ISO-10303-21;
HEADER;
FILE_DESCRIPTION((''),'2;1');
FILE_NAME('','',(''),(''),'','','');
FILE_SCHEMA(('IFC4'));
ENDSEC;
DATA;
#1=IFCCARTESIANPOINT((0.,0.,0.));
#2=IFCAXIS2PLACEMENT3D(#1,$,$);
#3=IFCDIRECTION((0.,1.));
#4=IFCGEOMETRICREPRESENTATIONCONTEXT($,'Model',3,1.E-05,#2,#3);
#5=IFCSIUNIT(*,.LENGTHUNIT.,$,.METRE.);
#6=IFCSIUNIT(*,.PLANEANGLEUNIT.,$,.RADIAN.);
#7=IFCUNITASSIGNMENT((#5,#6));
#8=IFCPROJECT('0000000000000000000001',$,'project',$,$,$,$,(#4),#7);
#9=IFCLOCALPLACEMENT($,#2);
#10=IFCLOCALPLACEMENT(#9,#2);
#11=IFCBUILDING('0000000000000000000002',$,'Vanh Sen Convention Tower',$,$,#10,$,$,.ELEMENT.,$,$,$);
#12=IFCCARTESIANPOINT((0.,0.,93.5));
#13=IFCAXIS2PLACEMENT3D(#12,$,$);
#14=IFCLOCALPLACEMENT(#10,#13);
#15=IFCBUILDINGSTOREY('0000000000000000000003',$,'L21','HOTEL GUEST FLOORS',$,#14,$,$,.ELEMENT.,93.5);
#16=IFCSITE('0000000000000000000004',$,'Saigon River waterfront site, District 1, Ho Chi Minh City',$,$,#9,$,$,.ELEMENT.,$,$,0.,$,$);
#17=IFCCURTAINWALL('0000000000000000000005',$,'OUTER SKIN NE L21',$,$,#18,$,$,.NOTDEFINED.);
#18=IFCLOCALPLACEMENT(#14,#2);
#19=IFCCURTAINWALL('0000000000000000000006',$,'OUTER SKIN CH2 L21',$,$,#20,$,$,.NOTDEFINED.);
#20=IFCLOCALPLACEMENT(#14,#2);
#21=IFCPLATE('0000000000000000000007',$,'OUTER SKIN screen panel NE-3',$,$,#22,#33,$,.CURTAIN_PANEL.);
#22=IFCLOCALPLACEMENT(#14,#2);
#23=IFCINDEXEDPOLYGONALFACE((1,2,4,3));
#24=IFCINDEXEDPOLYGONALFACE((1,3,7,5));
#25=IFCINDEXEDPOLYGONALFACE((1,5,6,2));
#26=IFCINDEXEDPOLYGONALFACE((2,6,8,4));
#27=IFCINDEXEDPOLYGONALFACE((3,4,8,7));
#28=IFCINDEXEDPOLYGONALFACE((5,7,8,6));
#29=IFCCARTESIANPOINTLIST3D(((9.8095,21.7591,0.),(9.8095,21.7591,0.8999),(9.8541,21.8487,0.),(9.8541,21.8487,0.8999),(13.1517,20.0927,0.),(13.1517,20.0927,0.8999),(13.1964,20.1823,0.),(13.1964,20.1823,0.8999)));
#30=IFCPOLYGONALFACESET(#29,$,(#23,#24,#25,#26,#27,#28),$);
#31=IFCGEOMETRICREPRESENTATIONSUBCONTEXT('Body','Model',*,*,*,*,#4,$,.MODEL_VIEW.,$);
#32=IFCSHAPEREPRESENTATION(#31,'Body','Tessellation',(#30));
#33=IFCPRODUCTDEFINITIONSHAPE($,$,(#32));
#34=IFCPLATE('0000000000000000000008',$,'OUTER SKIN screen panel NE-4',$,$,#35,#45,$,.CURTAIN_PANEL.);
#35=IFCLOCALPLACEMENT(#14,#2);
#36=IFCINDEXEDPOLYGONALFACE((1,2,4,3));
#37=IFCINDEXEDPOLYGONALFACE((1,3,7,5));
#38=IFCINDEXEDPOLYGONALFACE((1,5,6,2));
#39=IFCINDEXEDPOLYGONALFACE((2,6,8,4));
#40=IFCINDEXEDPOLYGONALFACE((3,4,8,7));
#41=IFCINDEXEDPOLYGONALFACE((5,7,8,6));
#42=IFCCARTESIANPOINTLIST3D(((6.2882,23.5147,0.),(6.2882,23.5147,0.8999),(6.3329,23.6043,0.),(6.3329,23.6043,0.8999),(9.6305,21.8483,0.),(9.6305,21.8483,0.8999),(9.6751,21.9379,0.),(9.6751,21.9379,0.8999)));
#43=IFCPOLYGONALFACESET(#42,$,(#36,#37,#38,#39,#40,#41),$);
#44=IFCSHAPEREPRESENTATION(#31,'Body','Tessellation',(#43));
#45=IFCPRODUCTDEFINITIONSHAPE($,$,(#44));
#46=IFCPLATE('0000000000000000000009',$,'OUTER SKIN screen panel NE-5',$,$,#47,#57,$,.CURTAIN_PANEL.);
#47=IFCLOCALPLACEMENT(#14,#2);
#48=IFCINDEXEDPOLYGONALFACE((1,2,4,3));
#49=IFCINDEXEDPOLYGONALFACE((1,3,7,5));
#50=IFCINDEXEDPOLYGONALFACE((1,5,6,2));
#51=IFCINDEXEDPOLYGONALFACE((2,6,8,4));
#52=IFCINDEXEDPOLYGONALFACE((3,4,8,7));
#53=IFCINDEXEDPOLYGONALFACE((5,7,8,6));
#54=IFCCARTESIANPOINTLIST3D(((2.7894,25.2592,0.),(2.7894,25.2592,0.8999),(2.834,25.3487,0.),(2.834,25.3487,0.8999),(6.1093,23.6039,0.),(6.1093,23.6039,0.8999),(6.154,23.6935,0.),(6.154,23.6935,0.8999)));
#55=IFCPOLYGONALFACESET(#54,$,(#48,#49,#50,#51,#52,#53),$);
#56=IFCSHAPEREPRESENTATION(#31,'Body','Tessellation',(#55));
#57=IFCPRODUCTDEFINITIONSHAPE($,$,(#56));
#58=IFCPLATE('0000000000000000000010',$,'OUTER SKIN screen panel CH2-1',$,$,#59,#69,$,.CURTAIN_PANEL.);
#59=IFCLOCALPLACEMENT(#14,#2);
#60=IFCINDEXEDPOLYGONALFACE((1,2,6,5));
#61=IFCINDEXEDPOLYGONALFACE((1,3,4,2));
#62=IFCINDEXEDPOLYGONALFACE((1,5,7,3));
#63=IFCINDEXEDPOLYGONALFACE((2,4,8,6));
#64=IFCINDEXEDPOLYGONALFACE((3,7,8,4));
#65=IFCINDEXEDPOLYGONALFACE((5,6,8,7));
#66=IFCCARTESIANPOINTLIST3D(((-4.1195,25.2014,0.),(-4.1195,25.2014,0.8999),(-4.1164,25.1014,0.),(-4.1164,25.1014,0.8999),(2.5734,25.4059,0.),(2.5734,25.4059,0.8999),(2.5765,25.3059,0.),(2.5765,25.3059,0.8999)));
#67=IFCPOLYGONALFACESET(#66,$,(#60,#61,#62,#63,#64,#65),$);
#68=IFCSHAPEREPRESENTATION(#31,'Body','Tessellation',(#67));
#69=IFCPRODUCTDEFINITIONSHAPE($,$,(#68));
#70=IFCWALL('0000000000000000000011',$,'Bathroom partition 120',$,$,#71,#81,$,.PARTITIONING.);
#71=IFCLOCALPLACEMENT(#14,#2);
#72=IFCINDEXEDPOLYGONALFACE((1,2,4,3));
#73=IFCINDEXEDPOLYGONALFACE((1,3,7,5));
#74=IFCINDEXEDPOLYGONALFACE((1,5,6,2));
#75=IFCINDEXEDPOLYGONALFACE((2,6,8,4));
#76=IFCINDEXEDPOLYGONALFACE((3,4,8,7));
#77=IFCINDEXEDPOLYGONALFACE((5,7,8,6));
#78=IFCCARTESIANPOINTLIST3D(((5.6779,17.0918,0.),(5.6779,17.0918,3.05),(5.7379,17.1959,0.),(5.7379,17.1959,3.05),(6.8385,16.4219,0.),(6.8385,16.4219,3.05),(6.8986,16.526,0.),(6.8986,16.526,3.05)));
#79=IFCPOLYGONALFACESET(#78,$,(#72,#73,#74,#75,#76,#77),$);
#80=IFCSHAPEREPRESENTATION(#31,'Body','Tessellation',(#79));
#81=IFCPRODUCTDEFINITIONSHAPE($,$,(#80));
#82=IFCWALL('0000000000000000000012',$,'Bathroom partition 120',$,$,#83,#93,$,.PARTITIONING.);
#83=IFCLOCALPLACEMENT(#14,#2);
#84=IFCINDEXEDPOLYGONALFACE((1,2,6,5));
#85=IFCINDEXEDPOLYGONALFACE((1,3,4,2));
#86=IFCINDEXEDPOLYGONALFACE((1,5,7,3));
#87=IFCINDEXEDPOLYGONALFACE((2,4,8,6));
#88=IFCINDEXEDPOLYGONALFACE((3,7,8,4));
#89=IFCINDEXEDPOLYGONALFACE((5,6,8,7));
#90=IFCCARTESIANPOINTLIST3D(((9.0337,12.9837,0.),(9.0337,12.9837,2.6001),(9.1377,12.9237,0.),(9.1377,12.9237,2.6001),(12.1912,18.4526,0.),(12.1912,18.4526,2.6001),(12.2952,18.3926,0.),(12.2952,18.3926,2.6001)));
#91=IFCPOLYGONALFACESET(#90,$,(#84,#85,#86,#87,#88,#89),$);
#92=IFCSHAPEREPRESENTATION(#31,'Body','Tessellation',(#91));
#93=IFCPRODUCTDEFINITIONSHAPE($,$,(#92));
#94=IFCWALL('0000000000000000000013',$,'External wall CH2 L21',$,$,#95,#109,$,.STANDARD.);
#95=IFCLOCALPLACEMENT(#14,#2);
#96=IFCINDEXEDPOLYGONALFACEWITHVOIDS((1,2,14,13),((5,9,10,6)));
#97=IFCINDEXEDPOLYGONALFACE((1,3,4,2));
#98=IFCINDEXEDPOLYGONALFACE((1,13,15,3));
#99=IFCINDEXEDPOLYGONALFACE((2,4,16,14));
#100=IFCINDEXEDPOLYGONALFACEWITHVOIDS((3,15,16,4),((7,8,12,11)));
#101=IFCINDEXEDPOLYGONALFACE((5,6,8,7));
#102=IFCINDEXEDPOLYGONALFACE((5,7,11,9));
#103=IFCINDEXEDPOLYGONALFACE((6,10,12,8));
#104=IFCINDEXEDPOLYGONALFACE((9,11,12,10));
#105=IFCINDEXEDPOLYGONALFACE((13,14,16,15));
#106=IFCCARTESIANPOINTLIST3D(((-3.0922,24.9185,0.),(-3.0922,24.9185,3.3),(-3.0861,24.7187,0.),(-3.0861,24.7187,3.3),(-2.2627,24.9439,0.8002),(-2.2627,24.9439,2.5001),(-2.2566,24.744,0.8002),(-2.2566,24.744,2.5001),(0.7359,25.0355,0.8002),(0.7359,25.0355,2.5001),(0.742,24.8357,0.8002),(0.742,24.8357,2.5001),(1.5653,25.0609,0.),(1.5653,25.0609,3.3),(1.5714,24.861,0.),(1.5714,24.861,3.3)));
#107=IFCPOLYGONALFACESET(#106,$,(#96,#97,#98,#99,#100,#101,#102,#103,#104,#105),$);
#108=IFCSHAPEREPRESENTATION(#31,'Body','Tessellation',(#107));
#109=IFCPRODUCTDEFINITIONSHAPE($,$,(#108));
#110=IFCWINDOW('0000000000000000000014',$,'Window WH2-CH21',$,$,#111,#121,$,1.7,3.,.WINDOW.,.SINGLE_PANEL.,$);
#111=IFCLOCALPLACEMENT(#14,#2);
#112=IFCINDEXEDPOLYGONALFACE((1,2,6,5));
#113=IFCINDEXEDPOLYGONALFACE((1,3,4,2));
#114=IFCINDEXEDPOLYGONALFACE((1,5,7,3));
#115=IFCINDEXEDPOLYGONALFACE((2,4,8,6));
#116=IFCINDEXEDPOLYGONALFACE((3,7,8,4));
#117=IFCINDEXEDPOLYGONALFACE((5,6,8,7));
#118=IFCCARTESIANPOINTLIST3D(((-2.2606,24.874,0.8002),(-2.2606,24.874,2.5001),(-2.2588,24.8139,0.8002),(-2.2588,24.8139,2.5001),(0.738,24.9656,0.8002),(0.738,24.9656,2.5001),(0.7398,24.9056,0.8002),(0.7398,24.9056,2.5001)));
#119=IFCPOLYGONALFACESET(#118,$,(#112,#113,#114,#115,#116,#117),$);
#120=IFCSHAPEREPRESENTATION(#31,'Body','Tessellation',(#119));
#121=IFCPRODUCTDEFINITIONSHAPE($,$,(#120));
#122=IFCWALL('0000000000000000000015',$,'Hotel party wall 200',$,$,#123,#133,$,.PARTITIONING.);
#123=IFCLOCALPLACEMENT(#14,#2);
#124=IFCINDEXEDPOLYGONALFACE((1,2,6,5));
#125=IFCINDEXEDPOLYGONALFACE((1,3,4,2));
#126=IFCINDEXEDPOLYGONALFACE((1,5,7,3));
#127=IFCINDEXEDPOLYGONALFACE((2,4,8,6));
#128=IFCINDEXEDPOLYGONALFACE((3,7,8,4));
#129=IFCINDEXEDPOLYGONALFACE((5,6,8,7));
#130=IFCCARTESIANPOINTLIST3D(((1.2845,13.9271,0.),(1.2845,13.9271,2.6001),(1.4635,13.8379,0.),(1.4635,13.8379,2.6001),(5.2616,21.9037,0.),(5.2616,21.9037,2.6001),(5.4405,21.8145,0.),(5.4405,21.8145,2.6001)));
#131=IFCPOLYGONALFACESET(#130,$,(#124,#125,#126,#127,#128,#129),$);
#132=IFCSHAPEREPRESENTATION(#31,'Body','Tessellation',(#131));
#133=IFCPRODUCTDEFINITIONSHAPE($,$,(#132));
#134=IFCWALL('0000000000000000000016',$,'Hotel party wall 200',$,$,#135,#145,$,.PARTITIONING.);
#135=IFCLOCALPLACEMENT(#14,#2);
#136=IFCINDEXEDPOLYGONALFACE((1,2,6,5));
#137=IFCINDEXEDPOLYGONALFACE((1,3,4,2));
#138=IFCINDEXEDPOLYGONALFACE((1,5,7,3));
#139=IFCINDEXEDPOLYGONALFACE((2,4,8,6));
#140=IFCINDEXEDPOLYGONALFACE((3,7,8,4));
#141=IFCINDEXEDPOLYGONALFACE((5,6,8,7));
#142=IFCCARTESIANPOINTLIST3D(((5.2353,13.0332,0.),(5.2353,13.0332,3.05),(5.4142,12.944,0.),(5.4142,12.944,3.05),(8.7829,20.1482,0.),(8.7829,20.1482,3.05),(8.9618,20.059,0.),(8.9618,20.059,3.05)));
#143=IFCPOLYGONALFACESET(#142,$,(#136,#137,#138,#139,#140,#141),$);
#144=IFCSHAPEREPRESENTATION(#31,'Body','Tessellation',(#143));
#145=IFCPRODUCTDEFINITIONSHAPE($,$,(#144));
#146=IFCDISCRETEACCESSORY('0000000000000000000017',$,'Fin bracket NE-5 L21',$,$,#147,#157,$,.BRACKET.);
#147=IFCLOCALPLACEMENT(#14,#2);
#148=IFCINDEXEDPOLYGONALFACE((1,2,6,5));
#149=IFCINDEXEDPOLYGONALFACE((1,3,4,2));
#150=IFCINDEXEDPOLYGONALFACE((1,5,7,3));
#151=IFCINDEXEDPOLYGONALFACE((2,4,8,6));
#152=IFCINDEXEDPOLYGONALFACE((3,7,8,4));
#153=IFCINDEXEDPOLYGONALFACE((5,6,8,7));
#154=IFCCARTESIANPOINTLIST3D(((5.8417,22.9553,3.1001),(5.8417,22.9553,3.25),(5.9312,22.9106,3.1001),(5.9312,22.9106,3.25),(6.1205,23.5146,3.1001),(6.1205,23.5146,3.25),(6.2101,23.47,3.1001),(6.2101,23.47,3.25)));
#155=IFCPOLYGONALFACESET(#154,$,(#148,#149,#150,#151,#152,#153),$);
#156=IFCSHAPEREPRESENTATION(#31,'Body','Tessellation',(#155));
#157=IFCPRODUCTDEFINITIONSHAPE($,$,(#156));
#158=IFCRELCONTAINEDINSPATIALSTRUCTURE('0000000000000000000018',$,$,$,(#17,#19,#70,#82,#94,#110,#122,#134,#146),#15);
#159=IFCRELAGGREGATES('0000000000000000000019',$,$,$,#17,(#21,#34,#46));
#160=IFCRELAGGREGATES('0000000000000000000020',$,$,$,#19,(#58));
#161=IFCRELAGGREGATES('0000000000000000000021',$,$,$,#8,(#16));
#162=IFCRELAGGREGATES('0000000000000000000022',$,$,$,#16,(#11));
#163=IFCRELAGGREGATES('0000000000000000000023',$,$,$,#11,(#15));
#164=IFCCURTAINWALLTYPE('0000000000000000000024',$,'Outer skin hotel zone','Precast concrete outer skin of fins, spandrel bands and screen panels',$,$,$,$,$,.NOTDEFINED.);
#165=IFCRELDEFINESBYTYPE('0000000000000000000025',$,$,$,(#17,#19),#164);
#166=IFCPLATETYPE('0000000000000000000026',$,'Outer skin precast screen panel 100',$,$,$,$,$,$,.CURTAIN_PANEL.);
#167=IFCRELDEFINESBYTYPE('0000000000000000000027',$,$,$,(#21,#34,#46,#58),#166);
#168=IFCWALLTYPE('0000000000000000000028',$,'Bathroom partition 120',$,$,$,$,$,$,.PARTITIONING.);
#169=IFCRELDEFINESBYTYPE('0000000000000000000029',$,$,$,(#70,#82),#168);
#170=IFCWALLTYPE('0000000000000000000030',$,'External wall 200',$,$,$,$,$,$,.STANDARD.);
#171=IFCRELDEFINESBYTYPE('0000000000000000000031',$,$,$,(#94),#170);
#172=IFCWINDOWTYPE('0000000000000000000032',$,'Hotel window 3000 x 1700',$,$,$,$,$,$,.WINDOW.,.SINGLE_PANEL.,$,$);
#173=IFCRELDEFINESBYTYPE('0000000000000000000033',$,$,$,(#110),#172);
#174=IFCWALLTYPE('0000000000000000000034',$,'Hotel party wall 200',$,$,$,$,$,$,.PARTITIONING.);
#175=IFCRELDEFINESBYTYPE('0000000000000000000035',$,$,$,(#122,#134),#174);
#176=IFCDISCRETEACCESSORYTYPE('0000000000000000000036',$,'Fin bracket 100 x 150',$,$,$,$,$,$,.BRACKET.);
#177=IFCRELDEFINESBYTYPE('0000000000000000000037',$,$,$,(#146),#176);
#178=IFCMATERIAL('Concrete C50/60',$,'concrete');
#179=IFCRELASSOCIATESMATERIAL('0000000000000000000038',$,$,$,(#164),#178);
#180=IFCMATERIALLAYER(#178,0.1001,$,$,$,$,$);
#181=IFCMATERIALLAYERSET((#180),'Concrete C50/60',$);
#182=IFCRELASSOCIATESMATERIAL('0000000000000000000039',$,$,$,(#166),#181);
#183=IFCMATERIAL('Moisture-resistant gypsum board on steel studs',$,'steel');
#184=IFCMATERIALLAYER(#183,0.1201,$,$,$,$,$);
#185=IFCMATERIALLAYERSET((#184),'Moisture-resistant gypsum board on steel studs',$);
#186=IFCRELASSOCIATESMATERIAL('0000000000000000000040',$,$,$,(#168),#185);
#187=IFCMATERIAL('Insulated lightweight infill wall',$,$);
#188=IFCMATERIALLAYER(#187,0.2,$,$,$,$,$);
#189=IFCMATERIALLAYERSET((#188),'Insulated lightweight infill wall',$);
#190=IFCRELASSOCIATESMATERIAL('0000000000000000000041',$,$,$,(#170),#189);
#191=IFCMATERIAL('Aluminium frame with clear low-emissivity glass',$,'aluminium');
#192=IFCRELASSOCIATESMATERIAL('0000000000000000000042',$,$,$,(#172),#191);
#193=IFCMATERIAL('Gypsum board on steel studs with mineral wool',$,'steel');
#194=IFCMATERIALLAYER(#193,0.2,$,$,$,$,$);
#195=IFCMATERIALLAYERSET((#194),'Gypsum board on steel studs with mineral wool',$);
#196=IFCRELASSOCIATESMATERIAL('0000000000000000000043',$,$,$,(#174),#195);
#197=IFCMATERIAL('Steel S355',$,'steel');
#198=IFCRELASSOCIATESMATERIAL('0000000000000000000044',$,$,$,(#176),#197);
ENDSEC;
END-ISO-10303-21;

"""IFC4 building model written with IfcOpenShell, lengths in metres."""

from ifc_helpers import new_model, si_unit, direction, frame, frame_2d, origin, origin_2d, place, context, subcontext, project, spatial, rectangle, extrude, material, layer, layer_set, type_object, element, fill, aggregate, save


model = new_model("IFC4")

# Units and contexts
model_context = context("Model", 3, precision=1e-05, world=origin(), true_north=direction((0.0, 1.0)))
body_context = subcontext(model_context, "Body", "Model", "MODEL_VIEW")
ifc_project = project(units=[si_unit("LENGTHUNIT", "METRE"), si_unit("PLANEANGLEUNIT", "RADIAN")], contexts=[model_context])

# Site, building, storey
site_placement = place(None, origin())
site = spatial("IfcSite", under=ifc_project, at=site_placement, Name="Saigon River waterfront site, District 1, Ho Chi Minh City", CompositionType="ELEMENT", RefElevation=0.0)
building_placement = place(site_placement, origin())
building = spatial("IfcBuilding", under=site, at=building_placement, Name="Vanh Sen Convention Tower", CompositionType="ELEMENT")
storey_placement = place(building_placement, frame((0.0, 0.0, 93.5)))
storey = spatial("IfcBuildingStorey", under=building, at=storey_placement, Name="L21", Description="HOTEL GUEST FLOORS", CompositionType="ELEMENT", Elevation=93.5)

# Curtain wall
ifc_material_1 = material(Name="Concrete C50/60", Category="concrete")
curtain_wall_type = type_object("IfcCurtainWallType", Name="Outer skin hotel zone", Description="Precast concrete outer skin of fins, spandrel bands and screen panels", PredefinedType="NOTDEFINED", material=ifc_material_1)
curtain_wall_1_placement = place(storey_placement, origin())
curtain_wall_1 = element("IfcCurtainWall", 1, at=curtain_wall_1_placement, inside=storey, type_object=curtain_wall_type, Name="OUTER SKIN NE L21", PredefinedType="NOTDEFINED")

# Curtain wall
curtain_wall_2_placement = place(storey_placement, origin())
curtain_wall_2 = element("IfcCurtainWall", 2, at=curtain_wall_2_placement, inside=storey, type_object=curtain_wall_type, Name="OUTER SKIN CH2 L21", PredefinedType="NOTDEFINED")

# Plates
ifc_layer_1 = layer(ifc_material_1, 0.1001)
ifc_layer_set_1 = layer_set([ifc_layer_1], Name="Concrete C50/60")
plate_type = type_object("IfcPlateType", Name="Outer skin precast screen panel 100", PredefinedType="CURTAIN_PANEL", material=ifc_layer_set_1)
plate_1_placement = place(storey_placement, frame((11.5029, 20.9707, 0.0), z_axis=(0.0, 0.0, 1.0), x_axis=(-0.894935, 0.446196, 0.0)))
plate_1 = element("IfcPlate", 3, at=plate_1_placement, type_object=plate_type, Name="OUTER SKIN screen panel NE-3", PredefinedType="CURTAIN_PANEL", context=body_context, shape_type="SweptSolid", body=[
    extrude(rectangle(XDim=3.7346, YDim=0.1001, at=origin_2d()), origin(), (0.0, 0.0, 1.0), 0.8999),
])
plate_2_placement = place(storey_placement, frame((7.9817, 22.7263, 0.0), z_axis=(0.0, 0.0, 1.0), x_axis=(-0.894935, 0.446196, 0.0)))
plate_2 = element("IfcPlate", 4, at=plate_2_placement, type_object=plate_type, Name="OUTER SKIN screen panel NE-4", PredefinedType="CURTAIN_PANEL", context=body_context, shape_type="SweptSolid", body=[
    extrude(rectangle(XDim=3.7346, YDim=0.1001, at=origin_2d()), origin(), (0.0, 0.0, 1.0), 0.8999),
])
plate_3_placement = place(storey_placement, frame((4.4717, 24.4763, 0.0), z_axis=(0.0, 0.0, 1.0), x_axis=(-0.894935, 0.446196, 0.0)))
plate_3 = element("IfcPlate", 5, at=plate_3_placement, type_object=plate_type, Name="OUTER SKIN screen panel NE-5", PredefinedType="CURTAIN_PANEL", context=body_context, shape_type="SweptSolid", body=[
    extrude(rectangle(XDim=3.7097, YDim=0.1001, at=origin_2d()), origin(), (0.0, 0.0, 1.0), 0.8999),
])
aggregate(curtain_wall_1, [plate_1, plate_2, plate_3])
plate_4_placement = place(storey_placement, frame((-0.7715, 25.2537, 0.0), z_axis=(0.0, 0.0, 1.0), x_axis=(-0.999534, -0.030537, 0.0)))
plate_4 = element("IfcPlate", 6, at=plate_4_placement, type_object=plate_type, Name="OUTER SKIN screen panel CH2-1", PredefinedType="CURTAIN_PANEL", context=body_context, shape_type="SweptSolid", body=[
    extrude(rectangle(XDim=6.696, YDim=0.1001, at=origin_2d()), origin(), (0.0, 0.0, 1.0), 0.8999),
])
aggregate(curtain_wall_2, [plate_4])

# Walls
ifc_material_2 = material(Name="Moisture-resistant gypsum board on steel studs", Category="steel")
ifc_layer_2 = layer(ifc_material_2, 0.1201)
ifc_layer_set_2 = layer_set([ifc_layer_2], Name="Moisture-resistant gypsum board on steel studs")
wall_type_1 = type_object("IfcWallType", Name="Bathroom partition 120", PredefinedType="PARTITIONING", material=ifc_layer_set_2)
wall_1_placement = place(storey_placement, frame((5.708, 17.1438, 0.0), z_axis=(0.0, 0.0, 1.0), x_axis=(0.866082, -0.499901, 0.0)))
element("IfcWall", 7, at=wall_1_placement, inside=storey, type_object=wall_type_1, Name="Bathroom partition 120", PredefinedType="PARTITIONING", context=body_context, shape_type="SweptSolid", body=[
    extrude(rectangle(XDim=1.3401, YDim=0.1201, at=frame_2d((0.6699, 0.0))), origin(), (0.0, 0.0, 1.0), 3.05),
])
wall_2_placement = place(storey_placement, frame((12.2432, 18.4226, 0.0), z_axis=(0.0, 0.0, 1.0), x_axis=(-0.499994, -0.866029, 0.0)))
element("IfcWall", 8, at=wall_2_placement, inside=storey, type_object=wall_type_1, Name="Bathroom partition 120", PredefinedType="PARTITIONING", context=body_context, shape_type="SweptSolid", body=[
    extrude(rectangle(XDim=6.3149, YDim=0.1201, at=frame_2d((3.1575, 0.0))), origin(), (0.0, 0.0, 1.0), 2.6001),
])

# Wall, opening, window
ifc_material_3 = material(Name="Insulated lightweight infill wall")
ifc_layer_3 = layer(ifc_material_3, 0.2)
ifc_layer_set_3 = layer_set([ifc_layer_3], Name="Insulated lightweight infill wall")
wall_type_2 = type_object("IfcWallType", Name="External wall 200", PredefinedType="STANDARD", material=ifc_layer_set_3)
wall_3_placement = place(storey_placement, frame((1.5684, 24.9609, 0.0), z_axis=(0.0, 0.0, 1.0), x_axis=(-0.999533, -0.030546, 0.0)))
wall_3 = element("IfcWall", 9, at=wall_3_placement, inside=storey, type_object=wall_type_2, Name="External wall CH2 L21", PredefinedType="STANDARD", context=body_context, shape_type="SweptSolid", body=[
    extrude(rectangle(XDim=4.6597, YDim=0.2, at=frame_2d((2.3298, 0.0))), origin(), (0.0, 0.0, 1.0), 3.3),
])
opening_placement = place(wall_3_placement, frame((0.8298, 0.0, 0.8)))
opening = element("IfcOpeningElement", 10, at=opening_placement, cuts=wall_3, PredefinedType="OPENING", context=body_context, shape_type="SweptSolid", body=[
    extrude(rectangle(XDim=3.0, YDim=1.7, at=frame_2d((1.5, 0.8501))), frame((0.0, 0.1099, 0.0), z_axis=(0.0, -1.0, 0.0), x_axis=(1.0, 0.0, 0.0)), (0.0, 0.0, 1.0), 0.22),
])
ifc_material_4 = material(Name="Aluminium frame with clear low-emissivity glass", Category="aluminium")
window_type = type_object("IfcWindowType", Name="Hotel window 3000 x 1700", PartitioningType="SINGLE_PANEL", PredefinedType="WINDOW", material=ifc_material_4)
window_placement = place(opening_placement, origin())
window = element("IfcWindow", 11, at=window_placement, inside=storey, type_object=window_type, Name="Window WH2-CH21", OverallHeight=1.7, OverallWidth=3.0, PartitioningType="SINGLE_PANEL", PredefinedType="WINDOW", context=body_context, shape_type="SweptSolid", body=[
    extrude(rectangle(XDim=3.0, YDim=1.7, at=frame_2d((1.5, 0.8501))), frame((0.0, 0.03, 0.0), z_axis=(0.0, -1.0, 0.0), x_axis=(1.0, 0.0, 0.0)), (0.0, 0.0, 1.0), 0.0601),
])
fill(opening, window)

# Walls
ifc_material_5 = material(Name="Gypsum board on steel studs with mineral wool", Category="steel")
ifc_layer_4 = layer(ifc_material_5, 0.2)
ifc_layer_set_4 = layer_set([ifc_layer_4], Name="Gypsum board on steel studs with mineral wool")
wall_type_3 = type_object("IfcWallType", Name="Hotel party wall 200", PredefinedType="PARTITIONING", material=ifc_layer_set_4)
wall_4_placement = place(storey_placement, frame((5.3511, 21.8591, 0.0), z_axis=(0.0, 0.0, 1.0), x_axis=(-0.446205, -0.894931, 0.0)))
element("IfcWall", 12, at=wall_4_placement, inside=storey, type_object=wall_type_3, Name="Hotel party wall 200", PredefinedType="PARTITIONING", context=body_context, shape_type="SweptSolid", body=[
    extrude(rectangle(XDim=8.9131, YDim=0.2, at=frame_2d((4.4565, 0.0))), origin(), (0.0, 0.0, 1.0), 2.6001),
])
wall_5_placement = place(storey_placement, frame((8.8723, 20.1035, 0.0), z_axis=(0.0, 0.0, 1.0), x_axis=(-0.446218, -0.894924, 0.0)))
element("IfcWall", 13, at=wall_5_placement, inside=storey, type_object=wall_type_3, Name="Hotel party wall 200", PredefinedType="PARTITIONING", context=body_context, shape_type="SweptSolid", body=[
    extrude(rectangle(XDim=7.9504, YDim=0.2, at=frame_2d((3.9751, 0.0))), origin(), (0.0, 0.0, 1.0), 3.05),
])

# Discrete accessory
ifc_material_6 = material(Name="Steel S355", Category="steel")
discrete_accessory_type = type_object("IfcDiscreteAccessoryType", Name="Fin bracket 100 x 150", PredefinedType="BRACKET", material=ifc_material_6)
discrete_accessory_placement = place(storey_placement, frame((6.0259, 23.2126, 3.1001), z_axis=(0.0, 0.0, 1.0), x_axis=(0.446198, 0.894934, 0.0)))
element("IfcDiscreteAccessory", 14, at=discrete_accessory_placement, inside=storey, type_object=discrete_accessory_type, Name="Fin bracket NE-5 L21", PredefinedType="BRACKET", context=body_context, shape_type="SweptSolid", body=[
    extrude(rectangle(XDim=0.625, YDim=0.1001, at=origin_2d()), origin(), (0.0, 0.0, 1.0), 0.1499),
])

save(model, "model.ifc")
